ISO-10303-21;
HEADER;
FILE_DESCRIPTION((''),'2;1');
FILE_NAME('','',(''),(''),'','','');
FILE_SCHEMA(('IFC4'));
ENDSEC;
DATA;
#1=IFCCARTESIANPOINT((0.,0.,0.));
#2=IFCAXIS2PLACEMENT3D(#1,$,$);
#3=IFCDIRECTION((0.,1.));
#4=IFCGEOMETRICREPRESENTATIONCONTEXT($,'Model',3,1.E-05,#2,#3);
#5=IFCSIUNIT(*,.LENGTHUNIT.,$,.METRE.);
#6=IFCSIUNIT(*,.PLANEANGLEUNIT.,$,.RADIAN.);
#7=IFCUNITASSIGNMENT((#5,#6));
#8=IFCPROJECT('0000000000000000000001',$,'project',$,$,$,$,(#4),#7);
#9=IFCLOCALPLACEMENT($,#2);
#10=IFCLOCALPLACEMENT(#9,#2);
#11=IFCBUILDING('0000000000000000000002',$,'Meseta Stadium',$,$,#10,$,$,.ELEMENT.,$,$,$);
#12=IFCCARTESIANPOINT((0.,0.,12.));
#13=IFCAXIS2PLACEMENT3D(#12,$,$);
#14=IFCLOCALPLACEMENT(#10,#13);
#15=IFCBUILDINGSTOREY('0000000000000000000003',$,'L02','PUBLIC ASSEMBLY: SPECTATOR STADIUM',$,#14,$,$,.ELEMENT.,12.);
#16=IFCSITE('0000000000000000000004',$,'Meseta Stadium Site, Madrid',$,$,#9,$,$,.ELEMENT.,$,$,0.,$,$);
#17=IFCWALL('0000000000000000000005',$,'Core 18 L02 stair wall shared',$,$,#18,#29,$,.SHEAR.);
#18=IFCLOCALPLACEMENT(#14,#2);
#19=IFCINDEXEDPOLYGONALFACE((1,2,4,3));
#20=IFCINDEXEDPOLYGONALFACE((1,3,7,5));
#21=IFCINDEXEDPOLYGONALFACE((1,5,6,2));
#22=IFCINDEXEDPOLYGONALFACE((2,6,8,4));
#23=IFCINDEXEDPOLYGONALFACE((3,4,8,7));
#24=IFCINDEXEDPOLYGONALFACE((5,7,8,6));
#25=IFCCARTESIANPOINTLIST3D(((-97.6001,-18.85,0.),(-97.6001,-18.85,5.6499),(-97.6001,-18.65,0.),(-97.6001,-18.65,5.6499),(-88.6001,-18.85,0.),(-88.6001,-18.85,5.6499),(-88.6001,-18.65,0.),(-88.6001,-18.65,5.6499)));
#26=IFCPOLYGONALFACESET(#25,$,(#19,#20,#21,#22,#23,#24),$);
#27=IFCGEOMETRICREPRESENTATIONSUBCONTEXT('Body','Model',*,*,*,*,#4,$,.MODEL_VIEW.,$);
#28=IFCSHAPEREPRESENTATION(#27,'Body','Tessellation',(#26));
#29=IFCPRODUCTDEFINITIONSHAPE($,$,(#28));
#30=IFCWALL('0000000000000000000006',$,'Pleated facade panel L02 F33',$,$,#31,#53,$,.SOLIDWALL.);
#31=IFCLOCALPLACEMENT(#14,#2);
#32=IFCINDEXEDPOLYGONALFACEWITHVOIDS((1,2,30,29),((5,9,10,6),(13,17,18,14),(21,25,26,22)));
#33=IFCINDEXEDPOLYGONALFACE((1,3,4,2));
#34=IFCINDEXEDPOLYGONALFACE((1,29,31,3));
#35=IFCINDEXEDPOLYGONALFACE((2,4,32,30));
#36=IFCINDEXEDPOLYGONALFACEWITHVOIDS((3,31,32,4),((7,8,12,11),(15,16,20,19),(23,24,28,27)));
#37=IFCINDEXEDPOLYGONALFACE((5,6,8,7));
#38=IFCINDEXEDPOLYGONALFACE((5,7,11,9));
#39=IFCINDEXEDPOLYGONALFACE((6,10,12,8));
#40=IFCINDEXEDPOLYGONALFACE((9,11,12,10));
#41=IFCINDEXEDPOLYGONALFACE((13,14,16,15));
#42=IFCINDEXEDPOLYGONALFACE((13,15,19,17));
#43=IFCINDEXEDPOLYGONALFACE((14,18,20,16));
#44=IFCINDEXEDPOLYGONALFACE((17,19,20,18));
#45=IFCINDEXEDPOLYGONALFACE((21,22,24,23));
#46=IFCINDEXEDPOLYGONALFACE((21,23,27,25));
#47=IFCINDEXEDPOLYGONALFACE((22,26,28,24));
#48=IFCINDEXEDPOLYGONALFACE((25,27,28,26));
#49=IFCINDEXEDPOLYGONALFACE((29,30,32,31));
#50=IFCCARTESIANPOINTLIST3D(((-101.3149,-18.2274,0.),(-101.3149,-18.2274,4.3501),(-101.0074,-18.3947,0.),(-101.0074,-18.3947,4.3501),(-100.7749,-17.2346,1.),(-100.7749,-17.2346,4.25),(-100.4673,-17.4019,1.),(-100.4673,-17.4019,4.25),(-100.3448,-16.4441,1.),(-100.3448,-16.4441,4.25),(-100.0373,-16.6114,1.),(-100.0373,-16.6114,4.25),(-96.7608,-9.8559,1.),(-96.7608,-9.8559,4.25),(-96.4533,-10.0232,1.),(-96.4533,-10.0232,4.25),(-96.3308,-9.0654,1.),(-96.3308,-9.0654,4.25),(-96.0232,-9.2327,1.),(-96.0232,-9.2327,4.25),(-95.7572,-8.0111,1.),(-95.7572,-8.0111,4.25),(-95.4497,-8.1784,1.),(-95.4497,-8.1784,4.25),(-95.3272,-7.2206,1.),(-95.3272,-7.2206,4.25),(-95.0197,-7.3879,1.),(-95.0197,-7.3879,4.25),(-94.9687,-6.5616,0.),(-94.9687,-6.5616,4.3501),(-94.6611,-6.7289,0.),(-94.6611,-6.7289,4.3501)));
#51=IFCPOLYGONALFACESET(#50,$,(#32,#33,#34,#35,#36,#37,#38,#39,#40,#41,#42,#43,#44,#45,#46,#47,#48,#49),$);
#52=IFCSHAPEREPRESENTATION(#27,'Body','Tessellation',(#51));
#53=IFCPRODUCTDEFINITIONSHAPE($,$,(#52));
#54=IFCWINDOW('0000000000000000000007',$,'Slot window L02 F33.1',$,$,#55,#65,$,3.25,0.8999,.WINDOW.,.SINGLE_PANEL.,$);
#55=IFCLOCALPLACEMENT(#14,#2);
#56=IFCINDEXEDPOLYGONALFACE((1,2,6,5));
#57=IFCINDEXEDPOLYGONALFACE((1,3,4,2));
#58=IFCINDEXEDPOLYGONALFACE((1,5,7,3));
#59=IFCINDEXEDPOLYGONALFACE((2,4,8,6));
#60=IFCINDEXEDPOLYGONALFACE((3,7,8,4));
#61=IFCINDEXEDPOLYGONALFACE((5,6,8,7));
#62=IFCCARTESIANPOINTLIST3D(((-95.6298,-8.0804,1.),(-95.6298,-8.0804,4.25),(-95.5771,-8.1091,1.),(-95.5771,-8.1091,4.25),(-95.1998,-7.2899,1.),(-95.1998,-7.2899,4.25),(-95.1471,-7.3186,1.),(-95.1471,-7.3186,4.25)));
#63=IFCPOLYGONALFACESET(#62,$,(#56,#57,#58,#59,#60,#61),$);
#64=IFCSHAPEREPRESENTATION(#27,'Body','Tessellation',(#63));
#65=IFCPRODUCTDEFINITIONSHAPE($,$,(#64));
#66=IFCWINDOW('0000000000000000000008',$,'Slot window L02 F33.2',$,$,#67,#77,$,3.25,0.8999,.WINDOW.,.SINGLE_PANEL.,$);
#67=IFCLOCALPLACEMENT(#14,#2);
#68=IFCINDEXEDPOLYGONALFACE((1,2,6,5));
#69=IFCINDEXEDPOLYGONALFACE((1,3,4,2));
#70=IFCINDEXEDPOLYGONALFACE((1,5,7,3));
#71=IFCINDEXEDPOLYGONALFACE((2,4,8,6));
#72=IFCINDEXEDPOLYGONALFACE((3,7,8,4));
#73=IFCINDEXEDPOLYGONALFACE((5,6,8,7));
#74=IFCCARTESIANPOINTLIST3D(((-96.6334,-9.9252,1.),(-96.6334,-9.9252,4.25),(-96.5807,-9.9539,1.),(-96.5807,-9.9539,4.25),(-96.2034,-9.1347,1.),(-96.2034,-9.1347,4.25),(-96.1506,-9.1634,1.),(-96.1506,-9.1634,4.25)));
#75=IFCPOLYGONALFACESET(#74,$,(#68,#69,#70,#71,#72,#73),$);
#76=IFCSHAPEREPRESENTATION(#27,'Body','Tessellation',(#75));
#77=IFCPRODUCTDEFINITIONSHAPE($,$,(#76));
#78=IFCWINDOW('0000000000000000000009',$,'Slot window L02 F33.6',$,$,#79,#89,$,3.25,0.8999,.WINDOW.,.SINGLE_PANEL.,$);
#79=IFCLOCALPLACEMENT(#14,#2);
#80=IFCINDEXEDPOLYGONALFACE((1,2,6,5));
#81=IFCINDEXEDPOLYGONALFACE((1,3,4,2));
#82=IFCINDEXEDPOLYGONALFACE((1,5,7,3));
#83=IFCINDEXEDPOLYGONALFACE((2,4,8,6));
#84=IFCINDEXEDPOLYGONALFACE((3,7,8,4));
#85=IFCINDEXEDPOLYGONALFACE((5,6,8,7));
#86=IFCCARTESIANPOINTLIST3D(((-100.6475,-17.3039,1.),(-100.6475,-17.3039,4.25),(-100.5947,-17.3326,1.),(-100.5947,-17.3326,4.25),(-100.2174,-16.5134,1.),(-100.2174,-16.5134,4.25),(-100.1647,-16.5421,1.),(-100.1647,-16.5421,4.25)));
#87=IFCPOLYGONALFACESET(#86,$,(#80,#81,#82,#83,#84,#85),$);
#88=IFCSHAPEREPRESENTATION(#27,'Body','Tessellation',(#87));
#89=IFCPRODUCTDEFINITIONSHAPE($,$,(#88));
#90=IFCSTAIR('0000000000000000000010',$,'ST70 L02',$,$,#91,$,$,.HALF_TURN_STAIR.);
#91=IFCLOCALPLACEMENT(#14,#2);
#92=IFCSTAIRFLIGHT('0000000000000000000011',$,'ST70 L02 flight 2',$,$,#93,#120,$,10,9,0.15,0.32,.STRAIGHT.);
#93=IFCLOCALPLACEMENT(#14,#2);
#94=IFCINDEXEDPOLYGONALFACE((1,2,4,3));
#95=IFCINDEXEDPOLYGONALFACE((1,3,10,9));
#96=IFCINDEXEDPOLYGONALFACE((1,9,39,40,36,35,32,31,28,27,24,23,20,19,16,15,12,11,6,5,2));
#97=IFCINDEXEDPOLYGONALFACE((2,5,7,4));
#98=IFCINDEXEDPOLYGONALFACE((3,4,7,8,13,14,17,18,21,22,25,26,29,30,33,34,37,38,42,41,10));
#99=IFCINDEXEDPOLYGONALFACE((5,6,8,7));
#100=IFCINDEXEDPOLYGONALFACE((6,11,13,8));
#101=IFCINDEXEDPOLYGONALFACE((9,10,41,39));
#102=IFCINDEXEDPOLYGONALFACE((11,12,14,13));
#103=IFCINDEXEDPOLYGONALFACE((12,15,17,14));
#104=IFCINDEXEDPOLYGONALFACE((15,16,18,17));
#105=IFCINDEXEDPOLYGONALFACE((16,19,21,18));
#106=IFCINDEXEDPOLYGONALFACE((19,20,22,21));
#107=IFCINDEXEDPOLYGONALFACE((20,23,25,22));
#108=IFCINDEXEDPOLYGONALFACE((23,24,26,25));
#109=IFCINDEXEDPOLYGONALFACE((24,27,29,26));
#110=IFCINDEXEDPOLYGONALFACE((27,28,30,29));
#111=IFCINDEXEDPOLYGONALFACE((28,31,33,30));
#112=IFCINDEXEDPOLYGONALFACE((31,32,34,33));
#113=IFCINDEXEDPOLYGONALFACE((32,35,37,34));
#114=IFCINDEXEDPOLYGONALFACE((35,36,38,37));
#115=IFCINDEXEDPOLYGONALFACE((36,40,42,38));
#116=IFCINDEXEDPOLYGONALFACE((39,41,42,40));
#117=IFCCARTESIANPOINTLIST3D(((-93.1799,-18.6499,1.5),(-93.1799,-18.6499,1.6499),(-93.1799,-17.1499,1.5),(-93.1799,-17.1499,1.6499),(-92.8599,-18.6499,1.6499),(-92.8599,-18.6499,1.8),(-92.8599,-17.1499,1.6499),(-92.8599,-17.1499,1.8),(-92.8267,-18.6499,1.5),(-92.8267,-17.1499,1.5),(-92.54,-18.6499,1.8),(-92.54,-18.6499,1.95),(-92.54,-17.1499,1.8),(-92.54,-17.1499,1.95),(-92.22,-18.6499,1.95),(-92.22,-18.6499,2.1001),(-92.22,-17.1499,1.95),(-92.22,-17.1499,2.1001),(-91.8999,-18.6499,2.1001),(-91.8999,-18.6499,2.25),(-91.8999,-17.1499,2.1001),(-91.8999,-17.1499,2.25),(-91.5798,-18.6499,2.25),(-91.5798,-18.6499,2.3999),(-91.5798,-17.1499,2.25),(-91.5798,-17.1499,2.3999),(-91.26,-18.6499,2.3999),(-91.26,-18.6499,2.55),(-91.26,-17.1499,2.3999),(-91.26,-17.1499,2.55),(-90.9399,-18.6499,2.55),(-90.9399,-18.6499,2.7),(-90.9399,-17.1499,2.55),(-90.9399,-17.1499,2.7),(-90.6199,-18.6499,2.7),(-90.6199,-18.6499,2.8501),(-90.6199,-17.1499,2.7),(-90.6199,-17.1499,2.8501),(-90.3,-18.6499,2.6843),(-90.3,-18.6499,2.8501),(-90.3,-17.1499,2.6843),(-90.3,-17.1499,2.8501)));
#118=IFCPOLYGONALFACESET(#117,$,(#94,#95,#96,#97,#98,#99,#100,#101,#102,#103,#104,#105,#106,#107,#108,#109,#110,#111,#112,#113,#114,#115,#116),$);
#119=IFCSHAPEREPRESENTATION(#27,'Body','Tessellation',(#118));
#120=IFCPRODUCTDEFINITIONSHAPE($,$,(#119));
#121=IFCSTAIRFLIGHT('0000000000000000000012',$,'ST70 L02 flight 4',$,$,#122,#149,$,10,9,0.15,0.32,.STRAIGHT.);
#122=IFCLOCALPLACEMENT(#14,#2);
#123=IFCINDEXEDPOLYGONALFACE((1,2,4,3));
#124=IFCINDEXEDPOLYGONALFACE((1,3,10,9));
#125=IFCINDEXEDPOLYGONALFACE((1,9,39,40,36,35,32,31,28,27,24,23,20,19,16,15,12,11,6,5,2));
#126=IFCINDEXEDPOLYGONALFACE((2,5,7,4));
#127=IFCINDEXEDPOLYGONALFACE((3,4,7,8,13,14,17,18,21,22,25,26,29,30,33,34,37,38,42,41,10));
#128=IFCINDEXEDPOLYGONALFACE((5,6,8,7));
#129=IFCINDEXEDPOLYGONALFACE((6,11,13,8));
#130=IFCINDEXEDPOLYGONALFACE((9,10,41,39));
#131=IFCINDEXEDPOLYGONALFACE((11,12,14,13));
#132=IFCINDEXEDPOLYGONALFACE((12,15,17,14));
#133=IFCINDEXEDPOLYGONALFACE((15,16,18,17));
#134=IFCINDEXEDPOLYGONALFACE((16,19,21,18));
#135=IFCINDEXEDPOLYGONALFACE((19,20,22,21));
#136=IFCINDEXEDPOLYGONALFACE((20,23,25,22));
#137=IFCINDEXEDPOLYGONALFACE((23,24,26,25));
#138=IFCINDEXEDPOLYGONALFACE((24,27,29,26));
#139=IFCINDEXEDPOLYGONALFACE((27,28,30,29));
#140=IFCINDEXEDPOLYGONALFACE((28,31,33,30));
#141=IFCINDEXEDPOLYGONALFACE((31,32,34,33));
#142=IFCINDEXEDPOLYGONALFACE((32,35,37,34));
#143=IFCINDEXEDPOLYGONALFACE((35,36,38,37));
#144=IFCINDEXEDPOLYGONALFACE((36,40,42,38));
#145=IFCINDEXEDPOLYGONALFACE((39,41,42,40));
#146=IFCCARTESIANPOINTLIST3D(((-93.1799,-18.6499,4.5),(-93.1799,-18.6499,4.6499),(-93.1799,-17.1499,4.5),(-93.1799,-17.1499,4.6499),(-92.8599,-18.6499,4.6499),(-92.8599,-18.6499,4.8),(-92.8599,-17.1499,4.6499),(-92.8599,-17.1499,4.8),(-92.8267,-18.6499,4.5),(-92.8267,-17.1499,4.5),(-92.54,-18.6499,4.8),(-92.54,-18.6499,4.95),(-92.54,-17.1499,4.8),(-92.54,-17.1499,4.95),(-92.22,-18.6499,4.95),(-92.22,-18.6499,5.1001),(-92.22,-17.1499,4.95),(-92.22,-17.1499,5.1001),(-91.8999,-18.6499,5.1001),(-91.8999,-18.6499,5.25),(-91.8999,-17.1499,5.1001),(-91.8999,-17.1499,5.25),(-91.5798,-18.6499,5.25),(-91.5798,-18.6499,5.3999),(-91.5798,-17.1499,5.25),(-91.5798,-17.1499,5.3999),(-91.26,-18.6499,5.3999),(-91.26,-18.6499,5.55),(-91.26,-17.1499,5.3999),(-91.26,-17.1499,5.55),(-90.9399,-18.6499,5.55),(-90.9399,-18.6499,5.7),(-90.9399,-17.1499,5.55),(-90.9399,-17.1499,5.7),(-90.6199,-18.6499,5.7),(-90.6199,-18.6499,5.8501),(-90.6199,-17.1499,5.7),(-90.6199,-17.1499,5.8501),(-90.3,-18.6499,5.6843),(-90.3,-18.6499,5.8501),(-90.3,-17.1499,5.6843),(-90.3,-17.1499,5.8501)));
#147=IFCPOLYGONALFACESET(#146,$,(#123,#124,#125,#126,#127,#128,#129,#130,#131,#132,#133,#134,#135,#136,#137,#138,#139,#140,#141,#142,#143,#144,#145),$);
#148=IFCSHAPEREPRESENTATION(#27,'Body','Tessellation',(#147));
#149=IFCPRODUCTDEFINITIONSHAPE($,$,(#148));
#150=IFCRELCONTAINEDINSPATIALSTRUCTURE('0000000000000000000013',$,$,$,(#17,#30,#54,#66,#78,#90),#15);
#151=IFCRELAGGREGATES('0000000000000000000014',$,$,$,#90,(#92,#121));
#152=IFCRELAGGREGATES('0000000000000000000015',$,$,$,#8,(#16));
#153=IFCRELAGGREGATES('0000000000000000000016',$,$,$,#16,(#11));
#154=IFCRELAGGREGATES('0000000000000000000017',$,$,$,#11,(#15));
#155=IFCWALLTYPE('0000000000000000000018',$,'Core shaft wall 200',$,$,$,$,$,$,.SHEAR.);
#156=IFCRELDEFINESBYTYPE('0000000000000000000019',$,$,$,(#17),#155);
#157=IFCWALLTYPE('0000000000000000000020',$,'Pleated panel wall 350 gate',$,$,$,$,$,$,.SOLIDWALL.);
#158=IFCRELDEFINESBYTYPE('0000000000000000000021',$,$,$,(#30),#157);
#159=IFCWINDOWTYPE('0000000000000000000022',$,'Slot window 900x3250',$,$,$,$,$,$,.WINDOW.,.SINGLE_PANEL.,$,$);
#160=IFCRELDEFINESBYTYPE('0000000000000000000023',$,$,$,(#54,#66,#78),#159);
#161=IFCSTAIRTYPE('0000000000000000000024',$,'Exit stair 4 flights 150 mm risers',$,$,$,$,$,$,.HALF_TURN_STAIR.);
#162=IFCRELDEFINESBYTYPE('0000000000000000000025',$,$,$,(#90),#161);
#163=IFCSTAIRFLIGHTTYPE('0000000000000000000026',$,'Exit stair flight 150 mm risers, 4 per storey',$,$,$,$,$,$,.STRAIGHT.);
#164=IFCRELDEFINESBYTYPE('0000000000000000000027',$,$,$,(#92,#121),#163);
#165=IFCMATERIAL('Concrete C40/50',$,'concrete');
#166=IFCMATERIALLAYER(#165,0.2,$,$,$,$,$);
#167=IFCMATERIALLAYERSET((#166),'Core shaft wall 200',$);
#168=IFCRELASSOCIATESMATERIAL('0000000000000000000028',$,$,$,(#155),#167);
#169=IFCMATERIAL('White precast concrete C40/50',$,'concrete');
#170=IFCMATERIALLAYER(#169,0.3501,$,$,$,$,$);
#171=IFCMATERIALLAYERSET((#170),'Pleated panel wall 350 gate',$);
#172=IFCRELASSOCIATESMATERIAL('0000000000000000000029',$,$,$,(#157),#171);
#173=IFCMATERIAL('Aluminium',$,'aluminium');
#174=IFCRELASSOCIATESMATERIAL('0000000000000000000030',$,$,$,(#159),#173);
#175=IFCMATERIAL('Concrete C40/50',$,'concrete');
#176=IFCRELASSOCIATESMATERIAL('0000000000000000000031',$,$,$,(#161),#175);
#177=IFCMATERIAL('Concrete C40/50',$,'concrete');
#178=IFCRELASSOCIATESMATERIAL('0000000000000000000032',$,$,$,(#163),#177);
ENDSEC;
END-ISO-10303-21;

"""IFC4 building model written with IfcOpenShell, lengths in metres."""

from ifc_helpers import new_model, si_unit, direction, frame, frame_2d, origin, place, context, subcontext, project, spatial, polyline, rectangle, outline, extrude, material, layer, layer_set, type_object, element, fill, aggregate, save


model = new_model("IFC4")

# Units and contexts
model_context = context("Model", 3, precision=1e-05, world=origin(), true_north=direction((0.0, 1.0)))
body_context = subcontext(model_context, "Body", "Model", "MODEL_VIEW")
ifc_project = project(units=[si_unit("LENGTHUNIT", "METRE"), si_unit("PLANEANGLEUNIT", "RADIAN")], contexts=[model_context])

# Site, building, storey
site_placement = place(None, origin())
site = spatial("IfcSite", under=ifc_project, at=site_placement, Name="Meseta Stadium Site, Madrid", CompositionType="ELEMENT", RefElevation=0.0)
building_placement = place(site_placement, origin())
building = spatial("IfcBuilding", under=site, at=building_placement, Name="Meseta Stadium", CompositionType="ELEMENT")
storey_placement = place(building_placement, frame((0.0, 0.0, 12.0)))
storey = spatial("IfcBuildingStorey", under=building, at=storey_placement, Name="L02", Description="PUBLIC ASSEMBLY: SPECTATOR STADIUM", CompositionType="ELEMENT", Elevation=12.0)

# Wall
ifc_material_1 = material(Name="Concrete C40/50", Category="concrete")
ifc_layer_1 = layer(ifc_material_1, 0.2)
ifc_layer_set_1 = layer_set([ifc_layer_1], Name="Core shaft wall 200")
wall_type_1 = type_object("IfcWallType", Name="Core shaft wall 200", PredefinedType="SHEAR", material=ifc_layer_set_1)
wall_1_placement = place(storey_placement, frame((-97.6001, -18.75, 0.0), z_axis=(0.0, 0.0, 1.0), x_axis=(1.0, 0.0, 0.0)))
element("IfcWall", 1, at=wall_1_placement, inside=storey, type_object=wall_type_1, Name="Core 18 L02 stair wall shared", PredefinedType="SHEAR", context=body_context, shape_type="SweptSolid", body=[
    extrude(rectangle(XDim=9.0, YDim=0.2, at=frame_2d((4.5, 0.0))), origin(), (0.0, 0.0, 1.0), 5.6499),
])

# Wall, openings, windows
ifc_material_2 = material(Name="White precast concrete C40/50", Category="concrete")
ifc_layer_2 = layer(ifc_material_2, 0.3501)
ifc_layer_set_2 = layer_set([ifc_layer_2], Name="Pleated panel wall 350 gate")
wall_type_2 = type_object("IfcWallType", Name="Pleated panel wall 350 gate", PredefinedType="SOLIDWALL", material=ifc_layer_set_2)
wall_2_placement = place(storey_placement, frame((-101.1611, -18.311, 0.0), z_axis=(0.0, 0.0, 1.0), x_axis=(0.477868, 0.878432, 0.0)))
wall_2 = element("IfcWall", 2, at=wall_2_placement, inside=storey, type_object=wall_type_2, Name="Pleated facade panel L02 F33", PredefinedType="SOLIDWALL", context=body_context, shape_type="SweptSolid", body=[
    extrude(rectangle(XDim=13.2803, YDim=0.3501, at=frame_2d((6.6401, 0.0))), origin(), (0.0, 0.0, 1.0), 4.3501),
])
opening_1_placement = place(wall_2_placement, frame((11.6301, 0.0, 1.0)))
opening_1 = element("IfcOpeningElement", 3, at=opening_1_placement, cuts=wall_2, PredefinedType="OPENING", context=body_context, shape_type="SweptSolid", body=[
    extrude(rectangle(XDim=0.8999, YDim=3.25, at=frame_2d((0.45, 1.625))), frame((0.0, 0.1851, 0.0), z_axis=(0.0, -1.0, 0.0), x_axis=(1.0, 0.0, 0.0)), (0.0, 0.0, 1.0), 0.3701),
])
opening_2_placement = place(wall_2_placement, frame((9.53, 0.0, 1.0)))
opening_2 = element("IfcOpeningElement", 4, at=opening_2_placement, cuts=wall_2, PredefinedType="OPENING", context=body_context, shape_type="SweptSolid", body=[
    extrude(rectangle(XDim=0.8999, YDim=3.25, at=frame_2d((0.45, 1.625))), frame((0.0, 0.1851, 0.0), z_axis=(0.0, -1.0, 0.0), x_axis=(1.0, 0.0, 0.0)), (0.0, 0.0, 1.0), 0.3701),
])
opening_3_placement = place(wall_2_placement, frame((1.1301, 0.0, 1.0)))
opening_3 = element("IfcOpeningElement", 5, at=opening_3_placement, cuts=wall_2, PredefinedType="OPENING", context=body_context, shape_type="SweptSolid", body=[
    extrude(rectangle(XDim=0.8999, YDim=3.25, at=frame_2d((0.45, 1.625))), frame((0.0, 0.1851, 0.0), z_axis=(0.0, -1.0, 0.0), x_axis=(1.0, 0.0, 0.0)), (0.0, 0.0, 1.0), 0.3701),
])
ifc_material_3 = material(Name="Aluminium", Category="aluminium")
window_type = type_object("IfcWindowType", Name="Slot window 900x3250", PartitioningType="SINGLE_PANEL", PredefinedType="WINDOW", material=ifc_material_3)
window_1_placement = place(opening_1_placement, origin())
window_1 = element("IfcWindow", 6, at=window_1_placement, inside=storey, type_object=window_type, Name="Slot window L02 F33.1", OverallHeight=3.25, OverallWidth=0.8999, PartitioningType="SINGLE_PANEL", PredefinedType="WINDOW", context=body_context, shape_type="SweptSolid", body=[
    extrude(rectangle(XDim=0.8999, YDim=3.25, at=frame_2d((0.45, 1.625))), frame((0.0, 0.03, 0.0), z_axis=(0.0, -1.0, 0.0), x_axis=(1.0, 0.0, 0.0)), (0.0, 0.0, 1.0), 0.0601),
])
fill(opening_1, window_1)
window_2_placement = place(opening_2_placement, origin())
window_2 = element("IfcWindow", 7, at=window_2_placement, inside=storey, type_object=window_type, Name="Slot window L02 F33.2", OverallHeight=3.25, OverallWidth=0.8999, PartitioningType="SINGLE_PANEL", PredefinedType="WINDOW", context=body_context, shape_type="SweptSolid", body=[
    extrude(rectangle(XDim=0.8999, YDim=3.25, at=frame_2d((0.45, 1.625))), frame((0.0, 0.03, 0.0), z_axis=(0.0, -1.0, 0.0), x_axis=(1.0, 0.0, 0.0)), (0.0, 0.0, 1.0), 0.0601),
])
fill(opening_2, window_2)
window_3_placement = place(opening_3_placement, origin())
window_3 = element("IfcWindow", 8, at=window_3_placement, inside=storey, type_object=window_type, Name="Slot window L02 F33.6", OverallHeight=3.25, OverallWidth=0.8999, PartitioningType="SINGLE_PANEL", PredefinedType="WINDOW", context=body_context, shape_type="SweptSolid", body=[
    extrude(rectangle(XDim=0.8999, YDim=3.25, at=frame_2d((0.45, 1.625))), frame((0.0, 0.03, 0.0), z_axis=(0.0, -1.0, 0.0), x_axis=(1.0, 0.0, 0.0)), (0.0, 0.0, 1.0), 0.0601),
])
fill(opening_3, window_3)

# Stair, stair flights
ifc_material_4 = material(Name="Concrete C40/50", Category="concrete")
stair_type = type_object("IfcStairType", Name="Exit stair 4 flights 150 mm risers", PredefinedType="HALF_TURN_STAIR", material=ifc_material_4)
stair_placement = place(storey_placement, origin())
stair = element("IfcStair", 9, at=stair_placement, inside=storey, type_object=stair_type, Name="ST70 L02", PredefinedType="HALF_TURN_STAIR")
ifc_material_5 = material(Name="Concrete C40/50", Category="concrete")
stair_flight_type = type_object("IfcStairFlightType", Name="Exit stair flight 150 mm risers, 4 per storey", PredefinedType="STRAIGHT", material=ifc_material_5)
stair_flight_1_placement = place(storey_placement, frame((-93.1799, -17.8999, 1.5), z_axis=(0.0, 0.0, 1.0), x_axis=(1.0, 0.0, 0.0)))
stair_flight_1 = element("IfcStairFlight", 10, at=stair_flight_1_placement, type_object=stair_flight_type, Name="ST70 L02 flight 2", NumberOfRisers=10, NumberOfTreads=9, PredefinedType="STRAIGHT", RiserHeight=0.15, TreadLength=0.32, context=body_context, shape_type="SweptSolid", body=[
    extrude(outline(polyline([(0.0, 0.0), (0.0, 0.1499), (0.3201, 0.1499), (0.3201, 0.3), (0.6399, 0.3), (0.6399, 0.45), (0.96, 0.45), (0.96, 0.6001), (1.28, 0.6001), (1.28, 0.75), (1.6001, 0.75), (1.6001, 0.8999), (1.9199, 0.8999), (1.9199, 1.05), (2.24, 1.05), (2.24, 1.2), (2.5601, 1.2), (2.5601, 1.3501), (2.8799, 1.3501), (2.8799, 1.1843), (0.3533, 0.0), (0.0, 0.0)])), frame((0.0, 0.75, 0.0), z_axis=(0.0, -1.0, 0.0), x_axis=(1.0, 0.0, 0.0)), (0.0, 0.0, 1.0), 1.5),
])
stair_flight_2_placement = place(storey_placement, frame((-93.1799, -17.8999, 4.5), z_axis=(0.0, 0.0, 1.0), x_axis=(1.0, 0.0, 0.0)))
stair_flight_2 = element("IfcStairFlight", 11, at=stair_flight_2_placement, type_object=stair_flight_type, Name="ST70 L02 flight 4", NumberOfRisers=10, NumberOfTreads=9, PredefinedType="STRAIGHT", RiserHeight=0.15, TreadLength=0.32, context=body_context, shape_type="SweptSolid", body=[
    extrude(outline(polyline([(0.0, 0.0), (0.0, 0.1499), (0.3201, 0.1499), (0.3201, 0.3), (0.6399, 0.3), (0.6399, 0.45), (0.96, 0.45), (0.96, 0.6001), (1.28, 0.6001), (1.28, 0.75), (1.6001, 0.75), (1.6001, 0.8999), (1.9199, 0.8999), (1.9199, 1.05), (2.24, 1.05), (2.24, 1.2), (2.5601, 1.2), (2.5601, 1.3501), (2.8799, 1.3501), (2.8799, 1.1843), (0.3533, 0.0), (0.0, 0.0)])), frame((0.0, 0.75, 0.0), z_axis=(0.0, -1.0, 0.0), x_axis=(1.0, 0.0, 0.0)), (0.0, 0.0, 1.0), 1.5),
])
aggregate(stair, [stair_flight_1, stair_flight_2])

save(model, "model.ifc")
